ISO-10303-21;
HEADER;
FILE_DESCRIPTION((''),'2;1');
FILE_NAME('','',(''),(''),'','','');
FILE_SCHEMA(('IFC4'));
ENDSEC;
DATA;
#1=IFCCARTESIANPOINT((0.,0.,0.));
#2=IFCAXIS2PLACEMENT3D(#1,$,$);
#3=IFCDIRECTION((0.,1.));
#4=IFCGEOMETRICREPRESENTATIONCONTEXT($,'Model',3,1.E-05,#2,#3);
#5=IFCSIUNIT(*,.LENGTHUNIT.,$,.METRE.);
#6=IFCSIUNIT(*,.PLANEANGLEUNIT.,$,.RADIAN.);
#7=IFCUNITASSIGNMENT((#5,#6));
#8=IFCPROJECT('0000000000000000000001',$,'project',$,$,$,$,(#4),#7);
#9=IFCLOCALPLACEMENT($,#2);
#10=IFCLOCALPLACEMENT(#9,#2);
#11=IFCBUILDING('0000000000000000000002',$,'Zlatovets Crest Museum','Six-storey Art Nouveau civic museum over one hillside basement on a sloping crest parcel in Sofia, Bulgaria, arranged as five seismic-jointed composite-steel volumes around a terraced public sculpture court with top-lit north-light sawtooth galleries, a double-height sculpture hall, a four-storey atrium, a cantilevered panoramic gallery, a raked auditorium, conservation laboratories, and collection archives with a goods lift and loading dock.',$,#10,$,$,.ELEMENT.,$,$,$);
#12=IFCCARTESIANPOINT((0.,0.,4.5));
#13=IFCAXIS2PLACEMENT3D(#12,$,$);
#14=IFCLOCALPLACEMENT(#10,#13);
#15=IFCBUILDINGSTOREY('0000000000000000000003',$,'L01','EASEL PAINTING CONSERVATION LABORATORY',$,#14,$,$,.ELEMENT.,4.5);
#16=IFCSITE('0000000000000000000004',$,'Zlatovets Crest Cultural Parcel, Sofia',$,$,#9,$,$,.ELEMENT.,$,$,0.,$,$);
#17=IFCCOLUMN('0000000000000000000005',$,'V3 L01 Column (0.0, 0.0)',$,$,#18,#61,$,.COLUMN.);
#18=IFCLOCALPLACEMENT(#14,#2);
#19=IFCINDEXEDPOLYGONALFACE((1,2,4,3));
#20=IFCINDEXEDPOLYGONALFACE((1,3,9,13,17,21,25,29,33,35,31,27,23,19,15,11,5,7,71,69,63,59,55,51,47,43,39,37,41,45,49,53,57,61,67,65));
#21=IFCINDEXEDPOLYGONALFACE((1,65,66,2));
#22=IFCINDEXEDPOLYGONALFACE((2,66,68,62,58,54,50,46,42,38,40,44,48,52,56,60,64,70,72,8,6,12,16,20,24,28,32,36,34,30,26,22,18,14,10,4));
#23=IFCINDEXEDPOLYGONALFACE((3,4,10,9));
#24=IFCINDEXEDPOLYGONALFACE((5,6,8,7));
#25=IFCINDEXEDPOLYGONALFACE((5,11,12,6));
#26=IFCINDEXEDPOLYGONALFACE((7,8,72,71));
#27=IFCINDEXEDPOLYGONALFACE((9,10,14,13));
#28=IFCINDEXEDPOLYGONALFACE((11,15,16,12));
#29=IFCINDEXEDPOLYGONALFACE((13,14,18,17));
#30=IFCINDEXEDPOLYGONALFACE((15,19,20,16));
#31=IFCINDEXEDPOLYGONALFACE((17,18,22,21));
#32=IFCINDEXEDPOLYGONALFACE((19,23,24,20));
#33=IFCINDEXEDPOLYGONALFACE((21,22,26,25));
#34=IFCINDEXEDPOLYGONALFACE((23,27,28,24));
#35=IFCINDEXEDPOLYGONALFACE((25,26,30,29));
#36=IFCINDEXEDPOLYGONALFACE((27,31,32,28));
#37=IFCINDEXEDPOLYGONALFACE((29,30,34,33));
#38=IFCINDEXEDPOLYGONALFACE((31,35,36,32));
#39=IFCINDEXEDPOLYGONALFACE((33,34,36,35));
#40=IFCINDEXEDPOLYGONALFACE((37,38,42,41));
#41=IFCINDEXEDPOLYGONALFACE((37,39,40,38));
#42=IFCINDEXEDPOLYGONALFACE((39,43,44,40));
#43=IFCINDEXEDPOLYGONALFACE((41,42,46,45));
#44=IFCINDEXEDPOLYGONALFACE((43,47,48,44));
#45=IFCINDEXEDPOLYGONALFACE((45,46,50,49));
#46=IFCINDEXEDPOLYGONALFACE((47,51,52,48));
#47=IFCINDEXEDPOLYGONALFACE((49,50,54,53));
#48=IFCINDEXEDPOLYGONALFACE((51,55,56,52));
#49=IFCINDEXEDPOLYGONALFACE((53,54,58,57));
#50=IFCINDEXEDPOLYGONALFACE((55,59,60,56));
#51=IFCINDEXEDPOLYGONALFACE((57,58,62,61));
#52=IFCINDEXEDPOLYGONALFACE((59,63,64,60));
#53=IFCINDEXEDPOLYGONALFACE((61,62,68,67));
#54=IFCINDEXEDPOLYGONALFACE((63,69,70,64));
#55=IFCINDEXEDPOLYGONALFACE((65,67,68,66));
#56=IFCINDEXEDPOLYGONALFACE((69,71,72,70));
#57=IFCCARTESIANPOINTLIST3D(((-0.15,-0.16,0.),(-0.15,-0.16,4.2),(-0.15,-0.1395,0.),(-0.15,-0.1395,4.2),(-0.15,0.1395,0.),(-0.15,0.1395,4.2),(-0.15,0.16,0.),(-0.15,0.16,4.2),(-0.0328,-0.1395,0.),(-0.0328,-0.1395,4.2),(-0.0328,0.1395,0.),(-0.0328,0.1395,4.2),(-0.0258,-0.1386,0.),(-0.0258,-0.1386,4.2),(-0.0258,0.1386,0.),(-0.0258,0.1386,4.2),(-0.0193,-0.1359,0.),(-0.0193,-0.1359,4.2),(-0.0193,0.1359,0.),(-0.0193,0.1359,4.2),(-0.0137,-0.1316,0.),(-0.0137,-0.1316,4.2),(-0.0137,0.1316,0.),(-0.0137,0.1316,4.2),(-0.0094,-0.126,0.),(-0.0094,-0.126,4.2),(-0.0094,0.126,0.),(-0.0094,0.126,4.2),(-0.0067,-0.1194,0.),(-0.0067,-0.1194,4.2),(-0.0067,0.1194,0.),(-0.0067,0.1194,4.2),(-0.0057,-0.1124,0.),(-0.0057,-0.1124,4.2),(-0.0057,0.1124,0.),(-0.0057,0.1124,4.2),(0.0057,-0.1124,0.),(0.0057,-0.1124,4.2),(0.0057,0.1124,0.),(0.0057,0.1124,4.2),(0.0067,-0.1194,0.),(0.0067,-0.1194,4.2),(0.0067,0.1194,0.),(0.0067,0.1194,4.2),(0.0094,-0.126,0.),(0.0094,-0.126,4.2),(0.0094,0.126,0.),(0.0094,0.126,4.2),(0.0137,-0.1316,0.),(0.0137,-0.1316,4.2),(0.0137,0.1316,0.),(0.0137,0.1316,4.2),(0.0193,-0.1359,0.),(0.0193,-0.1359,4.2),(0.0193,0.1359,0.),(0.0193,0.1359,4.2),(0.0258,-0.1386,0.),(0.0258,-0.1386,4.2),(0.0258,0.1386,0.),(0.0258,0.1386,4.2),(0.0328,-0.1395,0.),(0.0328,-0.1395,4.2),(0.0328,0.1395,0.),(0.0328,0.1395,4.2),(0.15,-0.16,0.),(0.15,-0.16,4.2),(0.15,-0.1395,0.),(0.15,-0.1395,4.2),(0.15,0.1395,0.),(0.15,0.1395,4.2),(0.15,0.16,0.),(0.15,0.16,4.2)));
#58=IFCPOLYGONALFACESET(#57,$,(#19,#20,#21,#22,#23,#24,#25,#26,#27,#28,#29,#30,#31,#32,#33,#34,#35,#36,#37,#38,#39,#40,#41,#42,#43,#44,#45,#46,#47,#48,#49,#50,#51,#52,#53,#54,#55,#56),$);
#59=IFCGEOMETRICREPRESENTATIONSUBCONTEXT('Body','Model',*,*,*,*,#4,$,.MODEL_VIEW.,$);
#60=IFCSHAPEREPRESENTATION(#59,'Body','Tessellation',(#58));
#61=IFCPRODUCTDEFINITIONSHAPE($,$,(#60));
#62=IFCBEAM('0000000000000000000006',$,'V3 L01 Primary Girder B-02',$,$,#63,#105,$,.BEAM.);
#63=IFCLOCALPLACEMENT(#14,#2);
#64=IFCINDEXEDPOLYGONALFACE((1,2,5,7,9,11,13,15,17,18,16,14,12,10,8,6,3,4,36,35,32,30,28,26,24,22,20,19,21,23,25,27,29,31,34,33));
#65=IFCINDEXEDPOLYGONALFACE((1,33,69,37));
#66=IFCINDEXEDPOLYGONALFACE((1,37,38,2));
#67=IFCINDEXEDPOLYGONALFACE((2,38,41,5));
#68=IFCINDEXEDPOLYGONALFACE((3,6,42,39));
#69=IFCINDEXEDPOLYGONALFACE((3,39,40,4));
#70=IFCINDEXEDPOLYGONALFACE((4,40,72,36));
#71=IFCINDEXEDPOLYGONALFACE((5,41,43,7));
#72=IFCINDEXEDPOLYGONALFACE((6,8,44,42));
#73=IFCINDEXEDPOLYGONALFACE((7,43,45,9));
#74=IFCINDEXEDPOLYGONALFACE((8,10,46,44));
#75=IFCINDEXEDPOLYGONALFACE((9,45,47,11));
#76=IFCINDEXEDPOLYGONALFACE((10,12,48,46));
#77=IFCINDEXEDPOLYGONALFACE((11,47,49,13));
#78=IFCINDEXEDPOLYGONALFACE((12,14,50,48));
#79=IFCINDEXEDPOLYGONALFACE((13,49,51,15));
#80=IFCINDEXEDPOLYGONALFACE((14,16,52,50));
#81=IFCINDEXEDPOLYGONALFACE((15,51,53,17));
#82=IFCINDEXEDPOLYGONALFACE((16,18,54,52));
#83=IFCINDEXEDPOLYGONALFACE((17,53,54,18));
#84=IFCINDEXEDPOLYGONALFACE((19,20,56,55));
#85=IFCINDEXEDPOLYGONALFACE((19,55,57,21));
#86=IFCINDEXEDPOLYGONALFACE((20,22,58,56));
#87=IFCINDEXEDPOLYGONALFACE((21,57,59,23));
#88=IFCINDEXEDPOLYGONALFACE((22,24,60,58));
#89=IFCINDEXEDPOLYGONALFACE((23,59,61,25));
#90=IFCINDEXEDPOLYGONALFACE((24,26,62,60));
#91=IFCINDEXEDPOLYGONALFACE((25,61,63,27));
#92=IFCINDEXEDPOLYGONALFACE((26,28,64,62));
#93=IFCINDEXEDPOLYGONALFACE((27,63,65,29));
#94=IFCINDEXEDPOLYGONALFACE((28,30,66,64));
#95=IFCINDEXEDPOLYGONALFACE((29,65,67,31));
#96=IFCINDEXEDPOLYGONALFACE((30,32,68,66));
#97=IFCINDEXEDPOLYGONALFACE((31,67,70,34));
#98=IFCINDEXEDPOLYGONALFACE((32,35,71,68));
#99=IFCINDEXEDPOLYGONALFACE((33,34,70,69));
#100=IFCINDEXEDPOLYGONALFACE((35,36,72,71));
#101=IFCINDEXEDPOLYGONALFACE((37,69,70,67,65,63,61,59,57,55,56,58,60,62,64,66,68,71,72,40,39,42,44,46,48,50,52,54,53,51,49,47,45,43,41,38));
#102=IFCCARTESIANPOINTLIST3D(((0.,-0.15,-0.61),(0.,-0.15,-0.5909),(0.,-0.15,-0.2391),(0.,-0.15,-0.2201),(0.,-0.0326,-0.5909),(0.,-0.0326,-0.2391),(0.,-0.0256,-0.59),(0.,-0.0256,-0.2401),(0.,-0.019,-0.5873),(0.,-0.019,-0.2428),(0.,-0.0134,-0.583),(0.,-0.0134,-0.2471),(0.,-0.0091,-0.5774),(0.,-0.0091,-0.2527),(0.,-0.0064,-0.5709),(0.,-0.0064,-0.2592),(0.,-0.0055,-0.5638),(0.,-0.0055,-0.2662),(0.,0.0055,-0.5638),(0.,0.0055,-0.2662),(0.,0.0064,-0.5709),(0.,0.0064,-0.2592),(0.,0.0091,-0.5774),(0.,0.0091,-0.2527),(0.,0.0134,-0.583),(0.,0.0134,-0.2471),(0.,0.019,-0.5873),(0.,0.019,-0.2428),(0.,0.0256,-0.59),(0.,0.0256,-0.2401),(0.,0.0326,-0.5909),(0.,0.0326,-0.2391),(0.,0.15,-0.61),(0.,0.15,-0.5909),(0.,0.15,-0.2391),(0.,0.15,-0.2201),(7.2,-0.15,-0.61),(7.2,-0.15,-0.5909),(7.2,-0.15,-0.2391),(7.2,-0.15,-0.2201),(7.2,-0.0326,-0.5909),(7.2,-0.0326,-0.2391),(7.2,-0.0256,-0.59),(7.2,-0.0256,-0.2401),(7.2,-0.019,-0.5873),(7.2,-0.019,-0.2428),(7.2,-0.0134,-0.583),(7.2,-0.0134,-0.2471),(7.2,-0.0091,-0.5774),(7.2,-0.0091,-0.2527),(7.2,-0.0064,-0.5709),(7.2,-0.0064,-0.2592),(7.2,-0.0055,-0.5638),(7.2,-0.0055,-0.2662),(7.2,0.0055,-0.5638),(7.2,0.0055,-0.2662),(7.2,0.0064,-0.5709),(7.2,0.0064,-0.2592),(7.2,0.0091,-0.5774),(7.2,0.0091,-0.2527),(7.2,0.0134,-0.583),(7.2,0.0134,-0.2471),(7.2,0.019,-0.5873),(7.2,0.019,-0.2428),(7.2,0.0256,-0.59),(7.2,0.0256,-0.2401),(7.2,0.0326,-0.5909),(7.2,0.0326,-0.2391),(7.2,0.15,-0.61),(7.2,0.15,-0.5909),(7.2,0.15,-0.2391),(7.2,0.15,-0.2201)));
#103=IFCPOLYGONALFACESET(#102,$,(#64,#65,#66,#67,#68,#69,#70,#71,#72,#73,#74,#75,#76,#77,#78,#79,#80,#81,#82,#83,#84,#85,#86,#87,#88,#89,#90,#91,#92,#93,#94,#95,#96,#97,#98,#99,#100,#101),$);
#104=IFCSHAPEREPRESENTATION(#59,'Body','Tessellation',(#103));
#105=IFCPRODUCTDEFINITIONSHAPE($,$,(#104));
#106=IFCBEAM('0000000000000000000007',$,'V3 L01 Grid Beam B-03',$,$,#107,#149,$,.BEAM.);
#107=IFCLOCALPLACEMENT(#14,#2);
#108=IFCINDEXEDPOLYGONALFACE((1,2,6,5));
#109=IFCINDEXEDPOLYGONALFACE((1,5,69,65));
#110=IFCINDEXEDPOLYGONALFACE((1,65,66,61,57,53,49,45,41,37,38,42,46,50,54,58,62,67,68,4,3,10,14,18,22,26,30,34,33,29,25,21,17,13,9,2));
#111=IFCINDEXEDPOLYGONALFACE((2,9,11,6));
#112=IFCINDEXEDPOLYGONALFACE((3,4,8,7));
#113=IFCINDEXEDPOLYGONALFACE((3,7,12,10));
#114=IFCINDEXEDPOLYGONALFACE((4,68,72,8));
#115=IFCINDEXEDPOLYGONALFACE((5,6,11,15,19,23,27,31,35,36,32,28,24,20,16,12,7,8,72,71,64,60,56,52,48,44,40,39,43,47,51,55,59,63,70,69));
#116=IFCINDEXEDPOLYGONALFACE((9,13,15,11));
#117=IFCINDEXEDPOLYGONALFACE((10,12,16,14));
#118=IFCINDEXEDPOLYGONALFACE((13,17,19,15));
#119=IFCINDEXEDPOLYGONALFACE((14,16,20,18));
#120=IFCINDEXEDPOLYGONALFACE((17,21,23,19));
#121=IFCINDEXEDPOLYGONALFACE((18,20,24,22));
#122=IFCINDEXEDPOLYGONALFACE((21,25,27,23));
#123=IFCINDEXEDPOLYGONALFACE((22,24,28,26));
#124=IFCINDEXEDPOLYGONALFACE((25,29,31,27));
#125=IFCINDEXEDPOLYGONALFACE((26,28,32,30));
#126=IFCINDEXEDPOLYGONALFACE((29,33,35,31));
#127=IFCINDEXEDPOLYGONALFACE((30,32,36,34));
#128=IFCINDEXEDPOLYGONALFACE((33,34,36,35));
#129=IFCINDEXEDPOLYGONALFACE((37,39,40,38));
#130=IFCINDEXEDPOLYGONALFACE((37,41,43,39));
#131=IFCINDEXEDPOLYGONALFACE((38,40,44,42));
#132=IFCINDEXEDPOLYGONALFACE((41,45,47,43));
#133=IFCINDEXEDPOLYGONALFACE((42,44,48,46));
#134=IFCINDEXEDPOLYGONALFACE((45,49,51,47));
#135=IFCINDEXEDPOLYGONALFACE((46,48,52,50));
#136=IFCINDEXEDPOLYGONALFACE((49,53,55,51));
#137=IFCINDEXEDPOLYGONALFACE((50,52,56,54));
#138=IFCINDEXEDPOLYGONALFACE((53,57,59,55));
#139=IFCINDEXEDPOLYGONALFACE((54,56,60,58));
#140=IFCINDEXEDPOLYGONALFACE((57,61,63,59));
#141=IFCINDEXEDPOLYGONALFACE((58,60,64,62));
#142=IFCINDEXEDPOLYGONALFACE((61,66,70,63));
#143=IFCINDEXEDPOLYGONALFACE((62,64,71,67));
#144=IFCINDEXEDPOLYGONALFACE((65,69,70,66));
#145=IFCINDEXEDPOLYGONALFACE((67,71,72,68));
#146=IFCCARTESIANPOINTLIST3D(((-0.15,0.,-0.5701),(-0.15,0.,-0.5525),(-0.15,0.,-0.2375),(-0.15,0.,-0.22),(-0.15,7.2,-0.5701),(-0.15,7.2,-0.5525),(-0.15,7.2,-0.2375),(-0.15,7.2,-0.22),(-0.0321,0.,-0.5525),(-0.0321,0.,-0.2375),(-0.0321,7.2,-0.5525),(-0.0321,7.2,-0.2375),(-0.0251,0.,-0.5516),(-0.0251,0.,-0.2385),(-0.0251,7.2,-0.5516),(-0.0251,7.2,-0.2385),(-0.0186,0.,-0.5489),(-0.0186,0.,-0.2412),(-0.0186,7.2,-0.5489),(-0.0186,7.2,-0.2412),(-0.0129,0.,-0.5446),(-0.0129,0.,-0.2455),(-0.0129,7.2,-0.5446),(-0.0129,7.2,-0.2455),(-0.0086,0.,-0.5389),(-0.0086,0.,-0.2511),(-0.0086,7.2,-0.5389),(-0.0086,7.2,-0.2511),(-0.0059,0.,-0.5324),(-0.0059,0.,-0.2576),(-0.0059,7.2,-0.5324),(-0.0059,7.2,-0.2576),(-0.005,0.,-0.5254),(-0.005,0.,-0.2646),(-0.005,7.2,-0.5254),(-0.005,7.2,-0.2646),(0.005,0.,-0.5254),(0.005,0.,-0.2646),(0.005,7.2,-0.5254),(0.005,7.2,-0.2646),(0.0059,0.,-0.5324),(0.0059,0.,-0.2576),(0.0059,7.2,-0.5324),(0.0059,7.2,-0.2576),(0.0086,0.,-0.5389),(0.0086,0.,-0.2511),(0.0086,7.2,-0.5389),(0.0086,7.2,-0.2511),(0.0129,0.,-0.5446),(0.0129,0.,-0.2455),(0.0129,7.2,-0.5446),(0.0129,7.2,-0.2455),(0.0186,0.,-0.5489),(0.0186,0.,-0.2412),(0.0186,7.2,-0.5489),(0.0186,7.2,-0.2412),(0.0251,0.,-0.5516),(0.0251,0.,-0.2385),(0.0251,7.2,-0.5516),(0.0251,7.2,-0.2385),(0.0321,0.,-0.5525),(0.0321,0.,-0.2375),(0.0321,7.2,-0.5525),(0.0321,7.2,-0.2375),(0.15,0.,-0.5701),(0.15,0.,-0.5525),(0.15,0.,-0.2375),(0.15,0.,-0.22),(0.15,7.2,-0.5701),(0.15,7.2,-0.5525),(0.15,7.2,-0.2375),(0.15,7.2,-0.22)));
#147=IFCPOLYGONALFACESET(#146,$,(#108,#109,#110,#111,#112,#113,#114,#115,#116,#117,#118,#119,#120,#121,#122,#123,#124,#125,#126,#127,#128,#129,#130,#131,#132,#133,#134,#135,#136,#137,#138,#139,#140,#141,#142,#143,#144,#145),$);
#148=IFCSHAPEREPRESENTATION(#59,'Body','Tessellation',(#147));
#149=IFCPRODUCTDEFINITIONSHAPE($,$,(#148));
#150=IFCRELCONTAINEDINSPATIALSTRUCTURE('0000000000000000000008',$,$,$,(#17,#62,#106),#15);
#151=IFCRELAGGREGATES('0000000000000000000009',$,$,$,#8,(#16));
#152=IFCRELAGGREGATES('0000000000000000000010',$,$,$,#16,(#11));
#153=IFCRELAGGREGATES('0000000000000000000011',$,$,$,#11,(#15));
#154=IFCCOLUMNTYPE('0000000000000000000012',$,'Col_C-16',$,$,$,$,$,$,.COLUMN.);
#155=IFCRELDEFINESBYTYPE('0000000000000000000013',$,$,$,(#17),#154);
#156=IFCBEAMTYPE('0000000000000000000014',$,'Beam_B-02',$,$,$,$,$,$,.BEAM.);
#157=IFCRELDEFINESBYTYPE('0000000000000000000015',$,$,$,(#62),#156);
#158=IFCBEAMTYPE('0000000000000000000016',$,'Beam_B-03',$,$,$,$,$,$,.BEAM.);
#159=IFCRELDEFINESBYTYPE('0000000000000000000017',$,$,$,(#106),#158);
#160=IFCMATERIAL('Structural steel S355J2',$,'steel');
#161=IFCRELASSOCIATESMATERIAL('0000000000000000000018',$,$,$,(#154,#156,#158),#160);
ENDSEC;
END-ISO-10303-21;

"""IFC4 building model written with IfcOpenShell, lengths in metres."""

from ifc_helpers import new_model, si_unit, direction, frame, origin, origin_with_axes, origin_2d, place, context, subcontext, project, spatial, i_section, extrude, material, material_profile, profile_set, type_object, element, save


model = new_model("IFC4")

# Units and contexts
model_context = context("Model", 3, precision=1e-05, world=origin(), true_north=direction((0.0, 1.0)))
body_context = subcontext(model_context, "Body", "Model", "MODEL_VIEW")
ifc_project = project(units=[si_unit("LENGTHUNIT", "METRE"), si_unit("PLANEANGLEUNIT", "RADIAN")], contexts=[model_context])

# Site, building, storey
site_placement = place(None, origin())
site = spatial("IfcSite", under=ifc_project, at=site_placement, Name="Zlatovets Crest Cultural Parcel, Sofia", CompositionType="ELEMENT", RefElevation=0.0)
building_placement = place(site_placement, origin())
building = spatial("IfcBuilding", under=site, at=building_placement, Name="Zlatovets Crest Museum", Description="Six-storey Art Nouveau civic museum over one hillside basement on a sloping crest parcel in Sofia, Bulgaria, arranged as five seismic-jointed composite-steel volumes around a terraced public sculpture court with top-lit north-light sawtooth galleries, a double-height sculpture hall, a four-storey atrium, a cantilevered panoramic gallery, a raked auditorium, conservation laboratories, and collection archives with a goods lift and loading dock.", CompositionType="ELEMENT")
storey_placement = place(building_placement, frame((0.0, 0.0, 4.5)))
storey = spatial("IfcBuildingStorey", under=building, at=storey_placement, Name="L01", Description="EASEL PAINTING CONSERVATION LABORATORY", CompositionType="ELEMENT", Elevation=4.5)

# Column
ifc_material_1 = material(Name="Structural steel S355J2", Category="steel")
ifc_material_profile_1 = material_profile(ifc_material_1, i_section(OverallWidth=0.3, OverallDepth=0.3201, WebThickness=0.0115, FlangeThickness=0.0205, FilletRadius=0.0271, at=origin_2d()), Name="HEB 320")
ifc_profile_set_1 = profile_set([ifc_material_profile_1], Name="Structural steel S355J2")
column_type = type_object("IfcColumnType", Name="Col_C-16", PredefinedType="COLUMN", material=ifc_profile_set_1)
column_placement = place(storey_placement, origin_with_axes())
element("IfcColumn", 1, at=column_placement, inside=storey, type_object=column_type, Name="V3 L01 Column (0.0, 0.0)", PredefinedType="COLUMN", context=body_context, shape_type="SweptSolid", body=[
    extrude(i_section(OverallWidth=0.3, OverallDepth=0.3201, WebThickness=0.0115, FlangeThickness=0.0205, FilletRadius=0.0271, at=origin_2d()), origin(), (0.0, 0.0, 1.0), 4.2),
])

# Beams
ifc_material_profile_2 = material_profile(ifc_material_1, i_section(OverallWidth=0.3, OverallDepth=0.3899, WebThickness=0.011, FlangeThickness=0.019, FilletRadius=0.0271, at=origin_2d()), Name="HEA 400")
ifc_profile_set_2 = profile_set([ifc_material_profile_2], Name="Structural steel S355J2")
beam_type_1 = type_object("IfcBeamType", Name="Beam_B-02", PredefinedType="BEAM", material=ifc_profile_set_2)
beam_1_placement = place(storey_placement, frame((0.0, 0.0, -0.415), z_axis=(1.0, 0.0, 0.0), x_axis=(0.0, 1.0, 0.0)))
element("IfcBeam", 2, at=beam_1_placement, inside=storey, type_object=beam_type_1, Name="V3 L01 Primary Girder B-02", PredefinedType="BEAM", context=body_context, shape_type="SweptSolid", body=[
    extrude(i_section(OverallWidth=0.3, OverallDepth=0.3899, WebThickness=0.011, FlangeThickness=0.019, FilletRadius=0.0271, at=origin_2d()), origin(), (0.0, 0.0, 1.0), 7.2),
])
ifc_material_profile_3 = material_profile(ifc_material_1, i_section(OverallWidth=0.3, OverallDepth=0.3501, WebThickness=0.01, FlangeThickness=0.0176, FilletRadius=0.0271, at=origin_2d()), Name="HEA 360")
ifc_profile_set_3 = profile_set([ifc_material_profile_3], Name="Structural steel S355J2")
beam_type_2 = type_object("IfcBeamType", Name="Beam_B-03", PredefinedType="BEAM", material=ifc_profile_set_3)
beam_2_placement = place(storey_placement, frame((0.0, 0.0, -0.395), z_axis=(0.0, 1.0, 0.0), x_axis=(-1.0, 0.0, 0.0)))
element("IfcBeam", 3, at=beam_2_placement, inside=storey, type_object=beam_type_2, Name="V3 L01 Grid Beam B-03", PredefinedType="BEAM", context=body_context, shape_type="SweptSolid", body=[
    extrude(i_section(OverallWidth=0.3, OverallDepth=0.3501, WebThickness=0.01, FlangeThickness=0.0176, FilletRadius=0.0271, at=origin_2d()), origin(), (0.0, 0.0, 1.0), 7.2),
])

save(model, "model.ifc")
